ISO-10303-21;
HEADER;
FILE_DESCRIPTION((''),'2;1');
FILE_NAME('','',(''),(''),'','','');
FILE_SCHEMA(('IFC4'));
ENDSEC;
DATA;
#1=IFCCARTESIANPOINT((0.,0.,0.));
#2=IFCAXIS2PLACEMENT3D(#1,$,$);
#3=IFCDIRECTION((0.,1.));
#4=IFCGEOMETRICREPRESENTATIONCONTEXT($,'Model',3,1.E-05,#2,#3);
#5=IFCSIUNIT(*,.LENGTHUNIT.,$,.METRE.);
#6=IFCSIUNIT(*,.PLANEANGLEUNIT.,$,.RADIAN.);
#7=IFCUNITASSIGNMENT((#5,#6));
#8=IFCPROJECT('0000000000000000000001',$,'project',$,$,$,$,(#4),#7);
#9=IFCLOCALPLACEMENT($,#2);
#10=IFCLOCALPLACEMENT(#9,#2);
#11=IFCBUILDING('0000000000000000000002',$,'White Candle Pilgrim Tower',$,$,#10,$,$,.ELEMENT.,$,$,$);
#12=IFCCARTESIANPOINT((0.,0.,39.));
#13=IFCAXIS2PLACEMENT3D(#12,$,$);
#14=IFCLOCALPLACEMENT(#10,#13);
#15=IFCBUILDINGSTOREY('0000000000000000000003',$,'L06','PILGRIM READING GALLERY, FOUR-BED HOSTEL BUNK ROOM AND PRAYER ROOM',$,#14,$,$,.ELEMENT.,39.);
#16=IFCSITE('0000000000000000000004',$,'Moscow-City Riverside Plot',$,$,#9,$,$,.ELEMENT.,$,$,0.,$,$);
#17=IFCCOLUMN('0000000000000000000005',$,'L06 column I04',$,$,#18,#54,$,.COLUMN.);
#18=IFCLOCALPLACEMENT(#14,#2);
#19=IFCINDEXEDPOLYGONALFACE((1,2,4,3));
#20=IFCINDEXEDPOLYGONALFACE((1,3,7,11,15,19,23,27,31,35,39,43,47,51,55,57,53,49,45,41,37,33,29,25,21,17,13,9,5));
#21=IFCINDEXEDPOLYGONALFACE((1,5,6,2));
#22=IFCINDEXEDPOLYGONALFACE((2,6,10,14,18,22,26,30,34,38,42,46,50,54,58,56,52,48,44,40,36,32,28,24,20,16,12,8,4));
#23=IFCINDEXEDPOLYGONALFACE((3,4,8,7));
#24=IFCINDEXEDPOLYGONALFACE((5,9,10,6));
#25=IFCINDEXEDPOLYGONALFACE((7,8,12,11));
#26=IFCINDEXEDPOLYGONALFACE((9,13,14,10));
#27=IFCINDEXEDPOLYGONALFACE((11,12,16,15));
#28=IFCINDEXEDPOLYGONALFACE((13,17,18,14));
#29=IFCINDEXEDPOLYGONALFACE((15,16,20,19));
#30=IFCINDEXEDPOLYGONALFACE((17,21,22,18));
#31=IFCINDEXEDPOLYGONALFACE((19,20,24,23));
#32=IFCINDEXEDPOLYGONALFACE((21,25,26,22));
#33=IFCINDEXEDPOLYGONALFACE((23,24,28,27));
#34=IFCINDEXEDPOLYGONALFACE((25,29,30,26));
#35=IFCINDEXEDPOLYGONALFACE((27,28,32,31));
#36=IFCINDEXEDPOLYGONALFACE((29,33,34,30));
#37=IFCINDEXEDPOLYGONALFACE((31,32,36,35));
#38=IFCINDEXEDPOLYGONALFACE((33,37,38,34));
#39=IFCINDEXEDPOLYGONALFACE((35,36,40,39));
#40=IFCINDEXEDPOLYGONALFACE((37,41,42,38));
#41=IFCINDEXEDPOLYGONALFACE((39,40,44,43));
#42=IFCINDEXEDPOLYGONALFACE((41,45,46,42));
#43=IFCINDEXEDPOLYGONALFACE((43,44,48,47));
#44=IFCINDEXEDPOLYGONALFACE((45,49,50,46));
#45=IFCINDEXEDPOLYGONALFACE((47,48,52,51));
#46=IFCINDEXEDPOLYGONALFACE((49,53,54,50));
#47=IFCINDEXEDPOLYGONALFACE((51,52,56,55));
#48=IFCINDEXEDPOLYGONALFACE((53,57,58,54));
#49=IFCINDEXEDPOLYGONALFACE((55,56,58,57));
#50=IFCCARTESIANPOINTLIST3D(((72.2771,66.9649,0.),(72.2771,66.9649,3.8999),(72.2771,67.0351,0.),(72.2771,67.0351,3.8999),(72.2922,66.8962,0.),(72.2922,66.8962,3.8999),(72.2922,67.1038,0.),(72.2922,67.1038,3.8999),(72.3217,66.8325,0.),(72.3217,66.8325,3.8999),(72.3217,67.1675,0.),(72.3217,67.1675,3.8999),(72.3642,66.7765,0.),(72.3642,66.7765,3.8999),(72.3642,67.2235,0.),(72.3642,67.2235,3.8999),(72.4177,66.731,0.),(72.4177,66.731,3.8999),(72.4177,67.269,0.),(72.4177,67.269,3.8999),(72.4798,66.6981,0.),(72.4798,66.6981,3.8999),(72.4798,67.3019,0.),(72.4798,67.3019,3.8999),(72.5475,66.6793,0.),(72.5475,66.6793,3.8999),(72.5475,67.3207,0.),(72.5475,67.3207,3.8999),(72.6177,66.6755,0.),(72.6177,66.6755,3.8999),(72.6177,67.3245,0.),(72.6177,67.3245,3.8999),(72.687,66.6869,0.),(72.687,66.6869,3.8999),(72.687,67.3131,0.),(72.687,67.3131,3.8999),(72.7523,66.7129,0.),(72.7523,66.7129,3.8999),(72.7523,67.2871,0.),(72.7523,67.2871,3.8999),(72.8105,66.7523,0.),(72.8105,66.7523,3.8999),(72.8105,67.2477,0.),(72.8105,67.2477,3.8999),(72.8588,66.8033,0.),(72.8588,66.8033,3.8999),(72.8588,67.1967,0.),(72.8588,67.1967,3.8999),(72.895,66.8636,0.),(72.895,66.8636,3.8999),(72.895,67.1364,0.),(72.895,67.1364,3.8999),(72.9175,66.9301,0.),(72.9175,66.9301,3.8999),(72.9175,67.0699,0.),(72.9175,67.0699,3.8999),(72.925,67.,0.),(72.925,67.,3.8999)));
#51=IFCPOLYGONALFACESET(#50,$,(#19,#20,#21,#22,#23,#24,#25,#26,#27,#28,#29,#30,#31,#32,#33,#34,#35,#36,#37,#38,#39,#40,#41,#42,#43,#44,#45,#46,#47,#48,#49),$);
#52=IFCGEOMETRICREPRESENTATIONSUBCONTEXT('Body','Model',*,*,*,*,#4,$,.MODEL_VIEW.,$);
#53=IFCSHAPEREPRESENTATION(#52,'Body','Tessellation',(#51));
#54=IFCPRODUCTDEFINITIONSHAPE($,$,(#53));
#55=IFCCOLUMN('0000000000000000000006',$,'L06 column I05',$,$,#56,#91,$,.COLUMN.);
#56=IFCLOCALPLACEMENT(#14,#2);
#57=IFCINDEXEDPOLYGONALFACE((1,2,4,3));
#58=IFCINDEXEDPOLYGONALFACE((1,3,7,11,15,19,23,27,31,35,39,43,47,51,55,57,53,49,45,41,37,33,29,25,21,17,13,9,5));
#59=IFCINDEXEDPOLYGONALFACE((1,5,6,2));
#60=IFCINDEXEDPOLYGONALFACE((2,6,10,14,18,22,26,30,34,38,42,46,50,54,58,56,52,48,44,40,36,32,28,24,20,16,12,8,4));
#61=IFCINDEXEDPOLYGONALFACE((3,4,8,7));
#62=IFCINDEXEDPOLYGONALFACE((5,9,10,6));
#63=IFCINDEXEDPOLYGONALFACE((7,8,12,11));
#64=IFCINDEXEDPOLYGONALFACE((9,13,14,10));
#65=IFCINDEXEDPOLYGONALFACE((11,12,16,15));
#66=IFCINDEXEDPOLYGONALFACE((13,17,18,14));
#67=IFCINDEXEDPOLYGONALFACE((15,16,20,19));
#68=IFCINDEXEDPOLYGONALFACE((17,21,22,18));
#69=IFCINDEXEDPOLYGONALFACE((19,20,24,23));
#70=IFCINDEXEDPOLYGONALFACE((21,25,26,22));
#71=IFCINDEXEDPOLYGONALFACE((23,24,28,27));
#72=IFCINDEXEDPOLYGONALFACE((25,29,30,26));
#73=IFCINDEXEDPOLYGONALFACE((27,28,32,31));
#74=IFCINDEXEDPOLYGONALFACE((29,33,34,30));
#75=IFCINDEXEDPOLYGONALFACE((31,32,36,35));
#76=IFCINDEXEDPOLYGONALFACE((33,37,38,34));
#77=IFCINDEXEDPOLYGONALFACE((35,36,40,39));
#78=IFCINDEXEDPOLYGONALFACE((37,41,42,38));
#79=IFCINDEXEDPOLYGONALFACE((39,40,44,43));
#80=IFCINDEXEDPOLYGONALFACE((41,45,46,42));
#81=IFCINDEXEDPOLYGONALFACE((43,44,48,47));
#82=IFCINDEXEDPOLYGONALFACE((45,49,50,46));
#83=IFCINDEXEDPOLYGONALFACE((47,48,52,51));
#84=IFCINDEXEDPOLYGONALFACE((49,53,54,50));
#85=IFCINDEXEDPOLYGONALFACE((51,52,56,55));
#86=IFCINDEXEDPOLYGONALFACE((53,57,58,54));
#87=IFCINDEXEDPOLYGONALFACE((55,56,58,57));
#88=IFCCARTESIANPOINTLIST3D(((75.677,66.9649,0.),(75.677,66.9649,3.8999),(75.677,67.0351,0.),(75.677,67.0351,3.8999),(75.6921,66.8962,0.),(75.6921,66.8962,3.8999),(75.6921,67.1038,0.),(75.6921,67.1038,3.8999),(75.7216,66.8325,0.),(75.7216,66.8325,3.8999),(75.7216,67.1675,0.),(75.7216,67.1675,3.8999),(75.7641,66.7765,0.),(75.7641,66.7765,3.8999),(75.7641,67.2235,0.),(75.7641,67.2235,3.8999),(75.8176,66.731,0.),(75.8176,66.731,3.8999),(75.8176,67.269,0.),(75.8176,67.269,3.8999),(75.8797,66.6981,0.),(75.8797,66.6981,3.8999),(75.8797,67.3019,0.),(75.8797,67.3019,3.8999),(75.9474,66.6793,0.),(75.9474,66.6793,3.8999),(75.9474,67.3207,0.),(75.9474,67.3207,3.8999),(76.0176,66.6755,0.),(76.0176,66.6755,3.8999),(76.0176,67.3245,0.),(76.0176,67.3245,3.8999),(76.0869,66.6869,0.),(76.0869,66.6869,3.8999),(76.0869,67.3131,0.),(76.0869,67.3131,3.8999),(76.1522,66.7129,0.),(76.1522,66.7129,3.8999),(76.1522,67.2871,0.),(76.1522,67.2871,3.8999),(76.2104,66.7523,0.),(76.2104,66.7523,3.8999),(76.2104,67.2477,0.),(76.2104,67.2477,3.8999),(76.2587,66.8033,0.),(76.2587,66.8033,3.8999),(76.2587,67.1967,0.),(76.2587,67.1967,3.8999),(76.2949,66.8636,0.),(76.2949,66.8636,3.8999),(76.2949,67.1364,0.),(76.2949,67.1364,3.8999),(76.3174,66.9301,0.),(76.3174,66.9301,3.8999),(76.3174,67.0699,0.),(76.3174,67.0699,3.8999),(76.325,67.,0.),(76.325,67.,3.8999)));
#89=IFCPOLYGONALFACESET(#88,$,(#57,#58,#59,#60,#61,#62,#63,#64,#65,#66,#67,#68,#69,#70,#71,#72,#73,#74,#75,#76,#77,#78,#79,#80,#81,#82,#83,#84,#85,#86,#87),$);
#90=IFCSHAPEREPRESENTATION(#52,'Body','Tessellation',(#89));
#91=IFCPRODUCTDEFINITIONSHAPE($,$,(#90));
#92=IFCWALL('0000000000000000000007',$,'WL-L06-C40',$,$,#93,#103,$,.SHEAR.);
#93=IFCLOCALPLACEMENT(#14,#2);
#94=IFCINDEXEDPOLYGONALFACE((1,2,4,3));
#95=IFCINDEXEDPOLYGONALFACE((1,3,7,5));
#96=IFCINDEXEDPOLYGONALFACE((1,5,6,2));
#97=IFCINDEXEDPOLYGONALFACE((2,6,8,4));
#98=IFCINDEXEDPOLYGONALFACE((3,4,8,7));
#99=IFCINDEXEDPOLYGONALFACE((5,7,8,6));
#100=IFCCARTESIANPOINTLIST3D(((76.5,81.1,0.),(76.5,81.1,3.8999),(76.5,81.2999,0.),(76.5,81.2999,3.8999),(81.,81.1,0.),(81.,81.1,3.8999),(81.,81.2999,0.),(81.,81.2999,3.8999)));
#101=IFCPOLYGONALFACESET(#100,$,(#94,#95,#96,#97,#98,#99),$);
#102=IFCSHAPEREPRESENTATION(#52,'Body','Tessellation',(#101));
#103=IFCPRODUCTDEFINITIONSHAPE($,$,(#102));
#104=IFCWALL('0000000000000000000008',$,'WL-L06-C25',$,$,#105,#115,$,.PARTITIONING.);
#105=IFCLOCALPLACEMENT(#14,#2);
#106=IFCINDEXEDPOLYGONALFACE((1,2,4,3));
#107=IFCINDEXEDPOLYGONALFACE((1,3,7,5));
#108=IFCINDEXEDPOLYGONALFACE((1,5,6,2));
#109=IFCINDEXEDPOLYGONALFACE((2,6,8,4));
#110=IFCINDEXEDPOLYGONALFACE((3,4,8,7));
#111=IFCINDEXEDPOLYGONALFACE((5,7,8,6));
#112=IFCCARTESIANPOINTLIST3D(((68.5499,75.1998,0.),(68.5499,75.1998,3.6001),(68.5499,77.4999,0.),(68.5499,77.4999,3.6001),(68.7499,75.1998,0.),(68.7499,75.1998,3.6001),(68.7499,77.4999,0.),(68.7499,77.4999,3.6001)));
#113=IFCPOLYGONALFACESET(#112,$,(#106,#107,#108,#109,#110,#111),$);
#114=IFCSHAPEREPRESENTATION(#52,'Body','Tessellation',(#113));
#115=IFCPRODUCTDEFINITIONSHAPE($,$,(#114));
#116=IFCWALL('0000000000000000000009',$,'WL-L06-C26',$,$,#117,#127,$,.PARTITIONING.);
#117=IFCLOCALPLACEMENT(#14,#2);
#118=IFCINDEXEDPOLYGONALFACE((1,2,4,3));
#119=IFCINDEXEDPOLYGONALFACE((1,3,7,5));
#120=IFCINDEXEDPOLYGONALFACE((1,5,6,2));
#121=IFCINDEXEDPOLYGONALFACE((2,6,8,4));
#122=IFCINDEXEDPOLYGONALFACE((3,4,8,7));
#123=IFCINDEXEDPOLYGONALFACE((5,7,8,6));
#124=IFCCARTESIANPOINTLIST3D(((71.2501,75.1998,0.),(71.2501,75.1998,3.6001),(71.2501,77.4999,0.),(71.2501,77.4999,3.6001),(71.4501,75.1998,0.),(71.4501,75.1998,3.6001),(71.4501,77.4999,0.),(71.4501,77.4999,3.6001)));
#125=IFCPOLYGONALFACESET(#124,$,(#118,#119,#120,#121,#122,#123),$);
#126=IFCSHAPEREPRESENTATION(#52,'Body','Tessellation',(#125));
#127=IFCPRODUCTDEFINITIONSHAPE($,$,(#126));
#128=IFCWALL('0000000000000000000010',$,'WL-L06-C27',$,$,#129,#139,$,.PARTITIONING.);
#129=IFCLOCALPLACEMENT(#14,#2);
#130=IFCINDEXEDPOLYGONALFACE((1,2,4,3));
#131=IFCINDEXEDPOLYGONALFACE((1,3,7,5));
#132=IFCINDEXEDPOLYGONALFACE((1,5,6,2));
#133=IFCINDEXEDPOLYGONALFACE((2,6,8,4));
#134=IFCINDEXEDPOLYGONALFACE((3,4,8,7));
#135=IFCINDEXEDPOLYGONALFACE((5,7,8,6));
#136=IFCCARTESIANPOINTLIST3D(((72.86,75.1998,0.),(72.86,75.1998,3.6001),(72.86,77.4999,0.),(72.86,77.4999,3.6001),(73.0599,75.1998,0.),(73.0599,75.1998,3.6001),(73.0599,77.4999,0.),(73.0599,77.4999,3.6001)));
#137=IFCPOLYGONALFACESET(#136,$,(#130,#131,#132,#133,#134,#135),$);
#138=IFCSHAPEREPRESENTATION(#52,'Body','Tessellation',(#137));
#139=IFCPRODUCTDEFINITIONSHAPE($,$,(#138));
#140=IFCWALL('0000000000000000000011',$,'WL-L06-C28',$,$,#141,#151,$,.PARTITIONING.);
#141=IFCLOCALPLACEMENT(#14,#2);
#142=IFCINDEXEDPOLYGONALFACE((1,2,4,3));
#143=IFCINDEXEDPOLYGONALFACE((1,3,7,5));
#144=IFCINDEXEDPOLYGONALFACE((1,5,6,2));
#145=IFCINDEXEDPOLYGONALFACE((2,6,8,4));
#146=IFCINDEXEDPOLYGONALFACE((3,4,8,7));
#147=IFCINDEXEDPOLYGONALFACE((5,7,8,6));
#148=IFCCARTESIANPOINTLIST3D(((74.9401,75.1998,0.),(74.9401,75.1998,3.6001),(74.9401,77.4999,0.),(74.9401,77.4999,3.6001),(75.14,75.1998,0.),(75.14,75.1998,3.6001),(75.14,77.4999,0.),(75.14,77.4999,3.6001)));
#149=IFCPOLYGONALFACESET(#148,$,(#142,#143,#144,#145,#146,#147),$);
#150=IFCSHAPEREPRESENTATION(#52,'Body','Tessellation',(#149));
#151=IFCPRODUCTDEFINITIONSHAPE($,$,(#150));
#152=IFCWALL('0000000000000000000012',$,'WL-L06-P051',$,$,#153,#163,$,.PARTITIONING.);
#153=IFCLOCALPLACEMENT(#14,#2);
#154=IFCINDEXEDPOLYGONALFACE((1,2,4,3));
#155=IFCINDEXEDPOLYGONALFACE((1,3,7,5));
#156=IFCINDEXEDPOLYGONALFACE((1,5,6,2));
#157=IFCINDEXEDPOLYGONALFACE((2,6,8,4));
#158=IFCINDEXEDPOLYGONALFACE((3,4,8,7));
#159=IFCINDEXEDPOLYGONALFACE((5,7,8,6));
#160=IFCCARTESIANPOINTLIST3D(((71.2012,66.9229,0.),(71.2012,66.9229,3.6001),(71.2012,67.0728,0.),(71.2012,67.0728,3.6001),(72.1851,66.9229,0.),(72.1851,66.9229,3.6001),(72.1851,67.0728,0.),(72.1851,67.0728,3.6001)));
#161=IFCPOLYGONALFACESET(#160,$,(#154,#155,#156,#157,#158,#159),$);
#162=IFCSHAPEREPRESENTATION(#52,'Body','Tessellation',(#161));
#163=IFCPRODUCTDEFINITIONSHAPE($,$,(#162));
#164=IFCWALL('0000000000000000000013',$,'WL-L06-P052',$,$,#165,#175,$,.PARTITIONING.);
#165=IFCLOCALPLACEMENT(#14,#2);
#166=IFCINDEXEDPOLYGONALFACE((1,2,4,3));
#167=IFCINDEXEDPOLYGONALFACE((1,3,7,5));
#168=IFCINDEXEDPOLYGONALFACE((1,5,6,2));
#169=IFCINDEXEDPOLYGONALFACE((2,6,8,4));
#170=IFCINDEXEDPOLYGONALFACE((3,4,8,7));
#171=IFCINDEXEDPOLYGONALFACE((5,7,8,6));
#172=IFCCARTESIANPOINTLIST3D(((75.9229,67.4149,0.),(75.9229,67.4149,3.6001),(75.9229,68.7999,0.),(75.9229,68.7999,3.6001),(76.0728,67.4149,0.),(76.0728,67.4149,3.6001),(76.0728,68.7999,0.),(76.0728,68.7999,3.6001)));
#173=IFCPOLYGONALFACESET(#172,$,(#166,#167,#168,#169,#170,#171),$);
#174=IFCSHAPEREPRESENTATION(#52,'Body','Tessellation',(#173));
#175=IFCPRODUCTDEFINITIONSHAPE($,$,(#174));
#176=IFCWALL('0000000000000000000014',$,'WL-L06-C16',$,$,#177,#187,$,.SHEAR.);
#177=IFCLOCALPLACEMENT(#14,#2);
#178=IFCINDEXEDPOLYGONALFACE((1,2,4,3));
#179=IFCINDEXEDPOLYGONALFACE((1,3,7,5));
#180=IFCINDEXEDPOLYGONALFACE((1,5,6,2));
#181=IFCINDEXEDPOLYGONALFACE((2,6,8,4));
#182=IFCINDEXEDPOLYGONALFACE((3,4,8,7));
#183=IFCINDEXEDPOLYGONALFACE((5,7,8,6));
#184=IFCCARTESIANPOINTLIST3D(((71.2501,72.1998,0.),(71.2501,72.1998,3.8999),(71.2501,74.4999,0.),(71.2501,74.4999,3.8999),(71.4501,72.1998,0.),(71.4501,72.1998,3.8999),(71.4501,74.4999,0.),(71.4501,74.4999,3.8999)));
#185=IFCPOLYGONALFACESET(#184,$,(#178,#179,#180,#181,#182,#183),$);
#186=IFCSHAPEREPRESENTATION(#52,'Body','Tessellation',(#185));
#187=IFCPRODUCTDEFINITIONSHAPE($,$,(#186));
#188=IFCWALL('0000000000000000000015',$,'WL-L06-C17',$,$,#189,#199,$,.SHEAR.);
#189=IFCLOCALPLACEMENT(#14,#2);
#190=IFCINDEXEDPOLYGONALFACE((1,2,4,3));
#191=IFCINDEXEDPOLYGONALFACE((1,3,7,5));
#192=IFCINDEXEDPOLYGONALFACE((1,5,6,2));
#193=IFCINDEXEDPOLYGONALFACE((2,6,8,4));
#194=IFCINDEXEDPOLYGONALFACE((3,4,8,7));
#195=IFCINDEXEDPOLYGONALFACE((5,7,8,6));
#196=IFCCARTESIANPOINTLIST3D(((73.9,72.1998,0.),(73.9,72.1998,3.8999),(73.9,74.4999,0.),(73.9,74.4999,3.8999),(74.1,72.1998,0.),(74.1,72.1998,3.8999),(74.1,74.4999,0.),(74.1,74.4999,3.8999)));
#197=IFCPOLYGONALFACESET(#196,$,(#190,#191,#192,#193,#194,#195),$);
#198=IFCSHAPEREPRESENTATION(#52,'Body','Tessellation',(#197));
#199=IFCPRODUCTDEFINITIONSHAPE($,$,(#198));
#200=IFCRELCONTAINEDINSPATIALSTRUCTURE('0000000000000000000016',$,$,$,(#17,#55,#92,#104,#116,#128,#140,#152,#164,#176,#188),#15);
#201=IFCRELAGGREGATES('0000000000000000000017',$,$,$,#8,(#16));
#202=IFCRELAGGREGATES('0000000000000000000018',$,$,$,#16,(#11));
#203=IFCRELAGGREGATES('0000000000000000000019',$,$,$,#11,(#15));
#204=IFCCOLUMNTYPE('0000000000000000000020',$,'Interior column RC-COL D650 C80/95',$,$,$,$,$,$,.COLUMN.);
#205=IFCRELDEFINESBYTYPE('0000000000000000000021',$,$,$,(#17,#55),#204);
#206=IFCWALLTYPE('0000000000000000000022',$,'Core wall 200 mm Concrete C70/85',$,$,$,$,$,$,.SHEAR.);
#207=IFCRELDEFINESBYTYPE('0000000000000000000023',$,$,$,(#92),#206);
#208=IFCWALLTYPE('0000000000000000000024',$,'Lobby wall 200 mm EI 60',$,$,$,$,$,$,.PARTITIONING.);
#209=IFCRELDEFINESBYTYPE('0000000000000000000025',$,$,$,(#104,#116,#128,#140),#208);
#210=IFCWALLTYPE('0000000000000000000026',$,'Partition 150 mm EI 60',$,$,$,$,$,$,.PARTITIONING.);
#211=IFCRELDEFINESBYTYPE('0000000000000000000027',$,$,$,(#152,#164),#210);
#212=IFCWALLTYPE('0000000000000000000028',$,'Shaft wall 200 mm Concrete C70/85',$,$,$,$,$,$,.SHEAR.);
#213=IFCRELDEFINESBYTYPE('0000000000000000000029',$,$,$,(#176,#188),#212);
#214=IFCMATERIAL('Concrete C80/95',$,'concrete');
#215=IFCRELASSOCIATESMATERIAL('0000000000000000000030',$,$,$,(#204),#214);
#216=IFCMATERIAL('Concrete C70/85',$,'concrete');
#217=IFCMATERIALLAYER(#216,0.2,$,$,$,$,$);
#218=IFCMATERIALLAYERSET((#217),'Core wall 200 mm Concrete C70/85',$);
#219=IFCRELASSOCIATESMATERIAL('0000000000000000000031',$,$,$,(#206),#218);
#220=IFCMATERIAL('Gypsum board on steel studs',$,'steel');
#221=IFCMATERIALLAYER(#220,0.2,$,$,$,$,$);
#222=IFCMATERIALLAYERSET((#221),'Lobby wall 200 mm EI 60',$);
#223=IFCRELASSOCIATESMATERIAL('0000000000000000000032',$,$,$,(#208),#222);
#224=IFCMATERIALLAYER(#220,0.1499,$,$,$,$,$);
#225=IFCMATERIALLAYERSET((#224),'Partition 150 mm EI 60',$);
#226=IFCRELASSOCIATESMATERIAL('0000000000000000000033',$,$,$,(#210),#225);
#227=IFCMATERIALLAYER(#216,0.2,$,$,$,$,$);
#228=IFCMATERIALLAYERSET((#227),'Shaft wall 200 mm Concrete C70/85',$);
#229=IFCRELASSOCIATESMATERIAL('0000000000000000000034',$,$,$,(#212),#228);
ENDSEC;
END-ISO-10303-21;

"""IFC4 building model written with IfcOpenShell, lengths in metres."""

from ifc_helpers import new_model, si_unit, direction, frame, frame_2d, origin, origin_2d, place, context, subcontext, project, spatial, rectangle, circle, extrude, material, layer, layer_set, material_profile, profile_set, type_object, element, save


model = new_model("IFC4")

# Units and contexts
model_context = context("Model", 3, precision=1e-05, world=origin(), true_north=direction((0.0, 1.0)))
body_context = subcontext(model_context, "Body", "Model", "MODEL_VIEW")
ifc_project = project(units=[si_unit("LENGTHUNIT", "METRE"), si_unit("PLANEANGLEUNIT", "RADIAN")], contexts=[model_context])

# Site, building, storey
site_placement = place(None, origin())
site = spatial("IfcSite", under=ifc_project, at=site_placement, Name="Moscow-City Riverside Plot", CompositionType="ELEMENT", RefElevation=0.0)
building_placement = place(site_placement, origin())
building = spatial("IfcBuilding", under=site, at=building_placement, Name="White Candle Pilgrim Tower", CompositionType="ELEMENT")
storey_placement = place(building_placement, frame((0.0, 0.0, 39.0)))
storey = spatial("IfcBuildingStorey", under=building, at=storey_placement, Name="L06", Description="PILGRIM READING GALLERY, FOUR-BED HOSTEL BUNK ROOM AND PRAYER ROOM", CompositionType="ELEMENT", Elevation=39.0)

# Columns
ifc_material_1 = material(Name="Concrete C80/95", Category="concrete")
ifc_material_profile = material_profile(ifc_material_1, circle(Radius=0.325, at=origin_2d()), Name="RC-COL D650")
ifc_profile_set = profile_set([ifc_material_profile], Name="Concrete C80/95")
column_type = type_object("IfcColumnType", Name="Interior column RC-COL D650 C80/95", PredefinedType="COLUMN", material=ifc_profile_set)
for number, where, z_axis, x_axis, name in (
    (1, (72.6001, 67.0, 0.0), (0.0, 0.0, 1.0), (1.0, 0.0, 0.0), "L06 column I04"),
    (2, (76.0, 67.0, 0.0), (0.0, 0.0, 1.0), (1.0, 0.0, 0.0), "L06 column I05"),
):
    element("IfcColumn", number, at=place(storey_placement, frame(where, z_axis=z_axis, x_axis=x_axis)), inside=storey, type_object=column_type, Name=name, PredefinedType="COLUMN", context=body_context, shape_type="SweptSolid", body=[
        extrude(circle(Radius=0.325, at=origin_2d()), origin(), (0.0, 0.0, 1.0), 3.8999),
    ])

# Walls
ifc_material_2 = material(Name="Concrete C70/85", Category="concrete")
ifc_layer_1 = layer(ifc_material_2, 0.2)
ifc_layer_set_1 = layer_set([ifc_layer_1], Name="Core wall 200 mm Concrete C70/85")
wall_type_1 = type_object("IfcWallType", Name="Core wall 200 mm Concrete C70/85", PredefinedType="SHEAR", material=ifc_layer_set_1)
wall_1_placement = place(storey_placement, frame((76.5, 81.2, 0.0), z_axis=(0.0, 0.0, 1.0), x_axis=(1.0, 0.0, 0.0)))
element("IfcWall", 3, at=wall_1_placement, inside=storey, type_object=wall_type_1, Name="WL-L06-C40", PredefinedType="SHEAR", context=body_context, shape_type="SweptSolid", body=[
    extrude(rectangle(XDim=4.5, YDim=0.2, at=frame_2d((2.25, 0.0))), origin(), (0.0, 0.0, 1.0), 3.8999),
])
ifc_material_3 = material(Name="Gypsum board on steel studs", Category="steel")
ifc_layer_2 = layer(ifc_material_3, 0.2)
ifc_layer_set_2 = layer_set([ifc_layer_2], Name="Lobby wall 200 mm EI 60")
wall_type_2 = type_object("IfcWallType", Name="Lobby wall 200 mm EI 60", PredefinedType="PARTITIONING", material=ifc_layer_set_2)
for number, where, z_axis, x_axis, name in (
    (4, (68.6499, 75.2, 0.0), (0.0, 0.0, 1.0), (0.0, 1.0, 0.0), "WL-L06-C25"),
    (5, (71.3501, 75.2, 0.0), (0.0, 0.0, 1.0), (0.0, 1.0, 0.0), "WL-L06-C26"),
    (6, (72.96, 75.2, 0.0), (0.0, 0.0, 1.0), (0.0, 1.0, 0.0), "WL-L06-C27"),
    (7, (75.04, 75.2, 0.0), (0.0, 0.0, 1.0), (0.0, 1.0, 0.0), "WL-L06-C28"),
):
    element("IfcWall", number, at=place(storey_placement, frame(where, z_axis=z_axis, x_axis=x_axis)), inside=storey, type_object=wall_type_2, Name=name, PredefinedType="PARTITIONING", context=body_context, shape_type="SweptSolid", body=[
        extrude(rectangle(XDim=2.3, YDim=0.2, at=frame_2d((1.1499, 0.0))), origin(), (0.0, 0.0, 1.0), 3.6001),
    ])
ifc_layer_3 = layer(ifc_material_3, 0.1499)
ifc_layer_set_3 = layer_set([ifc_layer_3], Name="Partition 150 mm EI 60")
wall_type_3 = type_object("IfcWallType", Name="Partition 150 mm EI 60", PredefinedType="PARTITIONING", material=ifc_layer_set_3)
wall_2_placement = place(storey_placement, frame((72.1851, 66.9978, 0.0), z_axis=(0.0, 0.0, 1.0), x_axis=(-1.0, 0.0, 0.0)))
element("IfcWall", 8, at=wall_2_placement, inside=storey, type_object=wall_type_3, Name="WL-L06-P051", PredefinedType="PARTITIONING", context=body_context, shape_type="SweptSolid", body=[
    extrude(rectangle(XDim=0.9839, YDim=0.1499, at=frame_2d((0.4919, 0.0))), origin(), (0.0, 0.0, 1.0), 3.6001),
])
wall_3_placement = place(storey_placement, frame((75.9978, 67.415, 0.0), z_axis=(0.0, 0.0, 1.0), x_axis=(0.0, 1.0, 0.0)))
element("IfcWall", 9, at=wall_3_placement, inside=storey, type_object=wall_type_3, Name="WL-L06-P052", PredefinedType="PARTITIONING", context=body_context, shape_type="SweptSolid", body=[
    extrude(rectangle(XDim=1.385, YDim=0.1499, at=frame_2d((0.6924, 0.0))), origin(), (0.0, 0.0, 1.0), 3.6001),
])
ifc_layer_4 = layer(ifc_material_2, 0.2)
ifc_layer_set_4 = layer_set([ifc_layer_4], Name="Shaft wall 200 mm Concrete C70/85")
wall_type_4 = type_object("IfcWallType", Name="Shaft wall 200 mm Concrete C70/85", PredefinedType="SHEAR", material=ifc_layer_set_4)
for number, where, z_axis, x_axis, name in (
    (10, (71.3501, 72.2, 0.0), (0.0, 0.0, 1.0), (0.0, 1.0, 0.0), "WL-L06-C16"),
    (11, (74.0, 72.2, 0.0), (0.0, 0.0, 1.0), (0.0, 1.0, 0.0), "WL-L06-C17"),
):
    element("IfcWall", number, at=place(storey_placement, frame(where, z_axis=z_axis, x_axis=x_axis)), inside=storey, type_object=wall_type_4, Name=name, PredefinedType="SHEAR", context=body_context, shape_type="SweptSolid", body=[
        extrude(rectangle(XDim=2.3, YDim=0.2, at=frame_2d((1.1499, 0.0))), origin(), (0.0, 0.0, 1.0), 3.8999),
    ])

save(model, "model.ifc")
